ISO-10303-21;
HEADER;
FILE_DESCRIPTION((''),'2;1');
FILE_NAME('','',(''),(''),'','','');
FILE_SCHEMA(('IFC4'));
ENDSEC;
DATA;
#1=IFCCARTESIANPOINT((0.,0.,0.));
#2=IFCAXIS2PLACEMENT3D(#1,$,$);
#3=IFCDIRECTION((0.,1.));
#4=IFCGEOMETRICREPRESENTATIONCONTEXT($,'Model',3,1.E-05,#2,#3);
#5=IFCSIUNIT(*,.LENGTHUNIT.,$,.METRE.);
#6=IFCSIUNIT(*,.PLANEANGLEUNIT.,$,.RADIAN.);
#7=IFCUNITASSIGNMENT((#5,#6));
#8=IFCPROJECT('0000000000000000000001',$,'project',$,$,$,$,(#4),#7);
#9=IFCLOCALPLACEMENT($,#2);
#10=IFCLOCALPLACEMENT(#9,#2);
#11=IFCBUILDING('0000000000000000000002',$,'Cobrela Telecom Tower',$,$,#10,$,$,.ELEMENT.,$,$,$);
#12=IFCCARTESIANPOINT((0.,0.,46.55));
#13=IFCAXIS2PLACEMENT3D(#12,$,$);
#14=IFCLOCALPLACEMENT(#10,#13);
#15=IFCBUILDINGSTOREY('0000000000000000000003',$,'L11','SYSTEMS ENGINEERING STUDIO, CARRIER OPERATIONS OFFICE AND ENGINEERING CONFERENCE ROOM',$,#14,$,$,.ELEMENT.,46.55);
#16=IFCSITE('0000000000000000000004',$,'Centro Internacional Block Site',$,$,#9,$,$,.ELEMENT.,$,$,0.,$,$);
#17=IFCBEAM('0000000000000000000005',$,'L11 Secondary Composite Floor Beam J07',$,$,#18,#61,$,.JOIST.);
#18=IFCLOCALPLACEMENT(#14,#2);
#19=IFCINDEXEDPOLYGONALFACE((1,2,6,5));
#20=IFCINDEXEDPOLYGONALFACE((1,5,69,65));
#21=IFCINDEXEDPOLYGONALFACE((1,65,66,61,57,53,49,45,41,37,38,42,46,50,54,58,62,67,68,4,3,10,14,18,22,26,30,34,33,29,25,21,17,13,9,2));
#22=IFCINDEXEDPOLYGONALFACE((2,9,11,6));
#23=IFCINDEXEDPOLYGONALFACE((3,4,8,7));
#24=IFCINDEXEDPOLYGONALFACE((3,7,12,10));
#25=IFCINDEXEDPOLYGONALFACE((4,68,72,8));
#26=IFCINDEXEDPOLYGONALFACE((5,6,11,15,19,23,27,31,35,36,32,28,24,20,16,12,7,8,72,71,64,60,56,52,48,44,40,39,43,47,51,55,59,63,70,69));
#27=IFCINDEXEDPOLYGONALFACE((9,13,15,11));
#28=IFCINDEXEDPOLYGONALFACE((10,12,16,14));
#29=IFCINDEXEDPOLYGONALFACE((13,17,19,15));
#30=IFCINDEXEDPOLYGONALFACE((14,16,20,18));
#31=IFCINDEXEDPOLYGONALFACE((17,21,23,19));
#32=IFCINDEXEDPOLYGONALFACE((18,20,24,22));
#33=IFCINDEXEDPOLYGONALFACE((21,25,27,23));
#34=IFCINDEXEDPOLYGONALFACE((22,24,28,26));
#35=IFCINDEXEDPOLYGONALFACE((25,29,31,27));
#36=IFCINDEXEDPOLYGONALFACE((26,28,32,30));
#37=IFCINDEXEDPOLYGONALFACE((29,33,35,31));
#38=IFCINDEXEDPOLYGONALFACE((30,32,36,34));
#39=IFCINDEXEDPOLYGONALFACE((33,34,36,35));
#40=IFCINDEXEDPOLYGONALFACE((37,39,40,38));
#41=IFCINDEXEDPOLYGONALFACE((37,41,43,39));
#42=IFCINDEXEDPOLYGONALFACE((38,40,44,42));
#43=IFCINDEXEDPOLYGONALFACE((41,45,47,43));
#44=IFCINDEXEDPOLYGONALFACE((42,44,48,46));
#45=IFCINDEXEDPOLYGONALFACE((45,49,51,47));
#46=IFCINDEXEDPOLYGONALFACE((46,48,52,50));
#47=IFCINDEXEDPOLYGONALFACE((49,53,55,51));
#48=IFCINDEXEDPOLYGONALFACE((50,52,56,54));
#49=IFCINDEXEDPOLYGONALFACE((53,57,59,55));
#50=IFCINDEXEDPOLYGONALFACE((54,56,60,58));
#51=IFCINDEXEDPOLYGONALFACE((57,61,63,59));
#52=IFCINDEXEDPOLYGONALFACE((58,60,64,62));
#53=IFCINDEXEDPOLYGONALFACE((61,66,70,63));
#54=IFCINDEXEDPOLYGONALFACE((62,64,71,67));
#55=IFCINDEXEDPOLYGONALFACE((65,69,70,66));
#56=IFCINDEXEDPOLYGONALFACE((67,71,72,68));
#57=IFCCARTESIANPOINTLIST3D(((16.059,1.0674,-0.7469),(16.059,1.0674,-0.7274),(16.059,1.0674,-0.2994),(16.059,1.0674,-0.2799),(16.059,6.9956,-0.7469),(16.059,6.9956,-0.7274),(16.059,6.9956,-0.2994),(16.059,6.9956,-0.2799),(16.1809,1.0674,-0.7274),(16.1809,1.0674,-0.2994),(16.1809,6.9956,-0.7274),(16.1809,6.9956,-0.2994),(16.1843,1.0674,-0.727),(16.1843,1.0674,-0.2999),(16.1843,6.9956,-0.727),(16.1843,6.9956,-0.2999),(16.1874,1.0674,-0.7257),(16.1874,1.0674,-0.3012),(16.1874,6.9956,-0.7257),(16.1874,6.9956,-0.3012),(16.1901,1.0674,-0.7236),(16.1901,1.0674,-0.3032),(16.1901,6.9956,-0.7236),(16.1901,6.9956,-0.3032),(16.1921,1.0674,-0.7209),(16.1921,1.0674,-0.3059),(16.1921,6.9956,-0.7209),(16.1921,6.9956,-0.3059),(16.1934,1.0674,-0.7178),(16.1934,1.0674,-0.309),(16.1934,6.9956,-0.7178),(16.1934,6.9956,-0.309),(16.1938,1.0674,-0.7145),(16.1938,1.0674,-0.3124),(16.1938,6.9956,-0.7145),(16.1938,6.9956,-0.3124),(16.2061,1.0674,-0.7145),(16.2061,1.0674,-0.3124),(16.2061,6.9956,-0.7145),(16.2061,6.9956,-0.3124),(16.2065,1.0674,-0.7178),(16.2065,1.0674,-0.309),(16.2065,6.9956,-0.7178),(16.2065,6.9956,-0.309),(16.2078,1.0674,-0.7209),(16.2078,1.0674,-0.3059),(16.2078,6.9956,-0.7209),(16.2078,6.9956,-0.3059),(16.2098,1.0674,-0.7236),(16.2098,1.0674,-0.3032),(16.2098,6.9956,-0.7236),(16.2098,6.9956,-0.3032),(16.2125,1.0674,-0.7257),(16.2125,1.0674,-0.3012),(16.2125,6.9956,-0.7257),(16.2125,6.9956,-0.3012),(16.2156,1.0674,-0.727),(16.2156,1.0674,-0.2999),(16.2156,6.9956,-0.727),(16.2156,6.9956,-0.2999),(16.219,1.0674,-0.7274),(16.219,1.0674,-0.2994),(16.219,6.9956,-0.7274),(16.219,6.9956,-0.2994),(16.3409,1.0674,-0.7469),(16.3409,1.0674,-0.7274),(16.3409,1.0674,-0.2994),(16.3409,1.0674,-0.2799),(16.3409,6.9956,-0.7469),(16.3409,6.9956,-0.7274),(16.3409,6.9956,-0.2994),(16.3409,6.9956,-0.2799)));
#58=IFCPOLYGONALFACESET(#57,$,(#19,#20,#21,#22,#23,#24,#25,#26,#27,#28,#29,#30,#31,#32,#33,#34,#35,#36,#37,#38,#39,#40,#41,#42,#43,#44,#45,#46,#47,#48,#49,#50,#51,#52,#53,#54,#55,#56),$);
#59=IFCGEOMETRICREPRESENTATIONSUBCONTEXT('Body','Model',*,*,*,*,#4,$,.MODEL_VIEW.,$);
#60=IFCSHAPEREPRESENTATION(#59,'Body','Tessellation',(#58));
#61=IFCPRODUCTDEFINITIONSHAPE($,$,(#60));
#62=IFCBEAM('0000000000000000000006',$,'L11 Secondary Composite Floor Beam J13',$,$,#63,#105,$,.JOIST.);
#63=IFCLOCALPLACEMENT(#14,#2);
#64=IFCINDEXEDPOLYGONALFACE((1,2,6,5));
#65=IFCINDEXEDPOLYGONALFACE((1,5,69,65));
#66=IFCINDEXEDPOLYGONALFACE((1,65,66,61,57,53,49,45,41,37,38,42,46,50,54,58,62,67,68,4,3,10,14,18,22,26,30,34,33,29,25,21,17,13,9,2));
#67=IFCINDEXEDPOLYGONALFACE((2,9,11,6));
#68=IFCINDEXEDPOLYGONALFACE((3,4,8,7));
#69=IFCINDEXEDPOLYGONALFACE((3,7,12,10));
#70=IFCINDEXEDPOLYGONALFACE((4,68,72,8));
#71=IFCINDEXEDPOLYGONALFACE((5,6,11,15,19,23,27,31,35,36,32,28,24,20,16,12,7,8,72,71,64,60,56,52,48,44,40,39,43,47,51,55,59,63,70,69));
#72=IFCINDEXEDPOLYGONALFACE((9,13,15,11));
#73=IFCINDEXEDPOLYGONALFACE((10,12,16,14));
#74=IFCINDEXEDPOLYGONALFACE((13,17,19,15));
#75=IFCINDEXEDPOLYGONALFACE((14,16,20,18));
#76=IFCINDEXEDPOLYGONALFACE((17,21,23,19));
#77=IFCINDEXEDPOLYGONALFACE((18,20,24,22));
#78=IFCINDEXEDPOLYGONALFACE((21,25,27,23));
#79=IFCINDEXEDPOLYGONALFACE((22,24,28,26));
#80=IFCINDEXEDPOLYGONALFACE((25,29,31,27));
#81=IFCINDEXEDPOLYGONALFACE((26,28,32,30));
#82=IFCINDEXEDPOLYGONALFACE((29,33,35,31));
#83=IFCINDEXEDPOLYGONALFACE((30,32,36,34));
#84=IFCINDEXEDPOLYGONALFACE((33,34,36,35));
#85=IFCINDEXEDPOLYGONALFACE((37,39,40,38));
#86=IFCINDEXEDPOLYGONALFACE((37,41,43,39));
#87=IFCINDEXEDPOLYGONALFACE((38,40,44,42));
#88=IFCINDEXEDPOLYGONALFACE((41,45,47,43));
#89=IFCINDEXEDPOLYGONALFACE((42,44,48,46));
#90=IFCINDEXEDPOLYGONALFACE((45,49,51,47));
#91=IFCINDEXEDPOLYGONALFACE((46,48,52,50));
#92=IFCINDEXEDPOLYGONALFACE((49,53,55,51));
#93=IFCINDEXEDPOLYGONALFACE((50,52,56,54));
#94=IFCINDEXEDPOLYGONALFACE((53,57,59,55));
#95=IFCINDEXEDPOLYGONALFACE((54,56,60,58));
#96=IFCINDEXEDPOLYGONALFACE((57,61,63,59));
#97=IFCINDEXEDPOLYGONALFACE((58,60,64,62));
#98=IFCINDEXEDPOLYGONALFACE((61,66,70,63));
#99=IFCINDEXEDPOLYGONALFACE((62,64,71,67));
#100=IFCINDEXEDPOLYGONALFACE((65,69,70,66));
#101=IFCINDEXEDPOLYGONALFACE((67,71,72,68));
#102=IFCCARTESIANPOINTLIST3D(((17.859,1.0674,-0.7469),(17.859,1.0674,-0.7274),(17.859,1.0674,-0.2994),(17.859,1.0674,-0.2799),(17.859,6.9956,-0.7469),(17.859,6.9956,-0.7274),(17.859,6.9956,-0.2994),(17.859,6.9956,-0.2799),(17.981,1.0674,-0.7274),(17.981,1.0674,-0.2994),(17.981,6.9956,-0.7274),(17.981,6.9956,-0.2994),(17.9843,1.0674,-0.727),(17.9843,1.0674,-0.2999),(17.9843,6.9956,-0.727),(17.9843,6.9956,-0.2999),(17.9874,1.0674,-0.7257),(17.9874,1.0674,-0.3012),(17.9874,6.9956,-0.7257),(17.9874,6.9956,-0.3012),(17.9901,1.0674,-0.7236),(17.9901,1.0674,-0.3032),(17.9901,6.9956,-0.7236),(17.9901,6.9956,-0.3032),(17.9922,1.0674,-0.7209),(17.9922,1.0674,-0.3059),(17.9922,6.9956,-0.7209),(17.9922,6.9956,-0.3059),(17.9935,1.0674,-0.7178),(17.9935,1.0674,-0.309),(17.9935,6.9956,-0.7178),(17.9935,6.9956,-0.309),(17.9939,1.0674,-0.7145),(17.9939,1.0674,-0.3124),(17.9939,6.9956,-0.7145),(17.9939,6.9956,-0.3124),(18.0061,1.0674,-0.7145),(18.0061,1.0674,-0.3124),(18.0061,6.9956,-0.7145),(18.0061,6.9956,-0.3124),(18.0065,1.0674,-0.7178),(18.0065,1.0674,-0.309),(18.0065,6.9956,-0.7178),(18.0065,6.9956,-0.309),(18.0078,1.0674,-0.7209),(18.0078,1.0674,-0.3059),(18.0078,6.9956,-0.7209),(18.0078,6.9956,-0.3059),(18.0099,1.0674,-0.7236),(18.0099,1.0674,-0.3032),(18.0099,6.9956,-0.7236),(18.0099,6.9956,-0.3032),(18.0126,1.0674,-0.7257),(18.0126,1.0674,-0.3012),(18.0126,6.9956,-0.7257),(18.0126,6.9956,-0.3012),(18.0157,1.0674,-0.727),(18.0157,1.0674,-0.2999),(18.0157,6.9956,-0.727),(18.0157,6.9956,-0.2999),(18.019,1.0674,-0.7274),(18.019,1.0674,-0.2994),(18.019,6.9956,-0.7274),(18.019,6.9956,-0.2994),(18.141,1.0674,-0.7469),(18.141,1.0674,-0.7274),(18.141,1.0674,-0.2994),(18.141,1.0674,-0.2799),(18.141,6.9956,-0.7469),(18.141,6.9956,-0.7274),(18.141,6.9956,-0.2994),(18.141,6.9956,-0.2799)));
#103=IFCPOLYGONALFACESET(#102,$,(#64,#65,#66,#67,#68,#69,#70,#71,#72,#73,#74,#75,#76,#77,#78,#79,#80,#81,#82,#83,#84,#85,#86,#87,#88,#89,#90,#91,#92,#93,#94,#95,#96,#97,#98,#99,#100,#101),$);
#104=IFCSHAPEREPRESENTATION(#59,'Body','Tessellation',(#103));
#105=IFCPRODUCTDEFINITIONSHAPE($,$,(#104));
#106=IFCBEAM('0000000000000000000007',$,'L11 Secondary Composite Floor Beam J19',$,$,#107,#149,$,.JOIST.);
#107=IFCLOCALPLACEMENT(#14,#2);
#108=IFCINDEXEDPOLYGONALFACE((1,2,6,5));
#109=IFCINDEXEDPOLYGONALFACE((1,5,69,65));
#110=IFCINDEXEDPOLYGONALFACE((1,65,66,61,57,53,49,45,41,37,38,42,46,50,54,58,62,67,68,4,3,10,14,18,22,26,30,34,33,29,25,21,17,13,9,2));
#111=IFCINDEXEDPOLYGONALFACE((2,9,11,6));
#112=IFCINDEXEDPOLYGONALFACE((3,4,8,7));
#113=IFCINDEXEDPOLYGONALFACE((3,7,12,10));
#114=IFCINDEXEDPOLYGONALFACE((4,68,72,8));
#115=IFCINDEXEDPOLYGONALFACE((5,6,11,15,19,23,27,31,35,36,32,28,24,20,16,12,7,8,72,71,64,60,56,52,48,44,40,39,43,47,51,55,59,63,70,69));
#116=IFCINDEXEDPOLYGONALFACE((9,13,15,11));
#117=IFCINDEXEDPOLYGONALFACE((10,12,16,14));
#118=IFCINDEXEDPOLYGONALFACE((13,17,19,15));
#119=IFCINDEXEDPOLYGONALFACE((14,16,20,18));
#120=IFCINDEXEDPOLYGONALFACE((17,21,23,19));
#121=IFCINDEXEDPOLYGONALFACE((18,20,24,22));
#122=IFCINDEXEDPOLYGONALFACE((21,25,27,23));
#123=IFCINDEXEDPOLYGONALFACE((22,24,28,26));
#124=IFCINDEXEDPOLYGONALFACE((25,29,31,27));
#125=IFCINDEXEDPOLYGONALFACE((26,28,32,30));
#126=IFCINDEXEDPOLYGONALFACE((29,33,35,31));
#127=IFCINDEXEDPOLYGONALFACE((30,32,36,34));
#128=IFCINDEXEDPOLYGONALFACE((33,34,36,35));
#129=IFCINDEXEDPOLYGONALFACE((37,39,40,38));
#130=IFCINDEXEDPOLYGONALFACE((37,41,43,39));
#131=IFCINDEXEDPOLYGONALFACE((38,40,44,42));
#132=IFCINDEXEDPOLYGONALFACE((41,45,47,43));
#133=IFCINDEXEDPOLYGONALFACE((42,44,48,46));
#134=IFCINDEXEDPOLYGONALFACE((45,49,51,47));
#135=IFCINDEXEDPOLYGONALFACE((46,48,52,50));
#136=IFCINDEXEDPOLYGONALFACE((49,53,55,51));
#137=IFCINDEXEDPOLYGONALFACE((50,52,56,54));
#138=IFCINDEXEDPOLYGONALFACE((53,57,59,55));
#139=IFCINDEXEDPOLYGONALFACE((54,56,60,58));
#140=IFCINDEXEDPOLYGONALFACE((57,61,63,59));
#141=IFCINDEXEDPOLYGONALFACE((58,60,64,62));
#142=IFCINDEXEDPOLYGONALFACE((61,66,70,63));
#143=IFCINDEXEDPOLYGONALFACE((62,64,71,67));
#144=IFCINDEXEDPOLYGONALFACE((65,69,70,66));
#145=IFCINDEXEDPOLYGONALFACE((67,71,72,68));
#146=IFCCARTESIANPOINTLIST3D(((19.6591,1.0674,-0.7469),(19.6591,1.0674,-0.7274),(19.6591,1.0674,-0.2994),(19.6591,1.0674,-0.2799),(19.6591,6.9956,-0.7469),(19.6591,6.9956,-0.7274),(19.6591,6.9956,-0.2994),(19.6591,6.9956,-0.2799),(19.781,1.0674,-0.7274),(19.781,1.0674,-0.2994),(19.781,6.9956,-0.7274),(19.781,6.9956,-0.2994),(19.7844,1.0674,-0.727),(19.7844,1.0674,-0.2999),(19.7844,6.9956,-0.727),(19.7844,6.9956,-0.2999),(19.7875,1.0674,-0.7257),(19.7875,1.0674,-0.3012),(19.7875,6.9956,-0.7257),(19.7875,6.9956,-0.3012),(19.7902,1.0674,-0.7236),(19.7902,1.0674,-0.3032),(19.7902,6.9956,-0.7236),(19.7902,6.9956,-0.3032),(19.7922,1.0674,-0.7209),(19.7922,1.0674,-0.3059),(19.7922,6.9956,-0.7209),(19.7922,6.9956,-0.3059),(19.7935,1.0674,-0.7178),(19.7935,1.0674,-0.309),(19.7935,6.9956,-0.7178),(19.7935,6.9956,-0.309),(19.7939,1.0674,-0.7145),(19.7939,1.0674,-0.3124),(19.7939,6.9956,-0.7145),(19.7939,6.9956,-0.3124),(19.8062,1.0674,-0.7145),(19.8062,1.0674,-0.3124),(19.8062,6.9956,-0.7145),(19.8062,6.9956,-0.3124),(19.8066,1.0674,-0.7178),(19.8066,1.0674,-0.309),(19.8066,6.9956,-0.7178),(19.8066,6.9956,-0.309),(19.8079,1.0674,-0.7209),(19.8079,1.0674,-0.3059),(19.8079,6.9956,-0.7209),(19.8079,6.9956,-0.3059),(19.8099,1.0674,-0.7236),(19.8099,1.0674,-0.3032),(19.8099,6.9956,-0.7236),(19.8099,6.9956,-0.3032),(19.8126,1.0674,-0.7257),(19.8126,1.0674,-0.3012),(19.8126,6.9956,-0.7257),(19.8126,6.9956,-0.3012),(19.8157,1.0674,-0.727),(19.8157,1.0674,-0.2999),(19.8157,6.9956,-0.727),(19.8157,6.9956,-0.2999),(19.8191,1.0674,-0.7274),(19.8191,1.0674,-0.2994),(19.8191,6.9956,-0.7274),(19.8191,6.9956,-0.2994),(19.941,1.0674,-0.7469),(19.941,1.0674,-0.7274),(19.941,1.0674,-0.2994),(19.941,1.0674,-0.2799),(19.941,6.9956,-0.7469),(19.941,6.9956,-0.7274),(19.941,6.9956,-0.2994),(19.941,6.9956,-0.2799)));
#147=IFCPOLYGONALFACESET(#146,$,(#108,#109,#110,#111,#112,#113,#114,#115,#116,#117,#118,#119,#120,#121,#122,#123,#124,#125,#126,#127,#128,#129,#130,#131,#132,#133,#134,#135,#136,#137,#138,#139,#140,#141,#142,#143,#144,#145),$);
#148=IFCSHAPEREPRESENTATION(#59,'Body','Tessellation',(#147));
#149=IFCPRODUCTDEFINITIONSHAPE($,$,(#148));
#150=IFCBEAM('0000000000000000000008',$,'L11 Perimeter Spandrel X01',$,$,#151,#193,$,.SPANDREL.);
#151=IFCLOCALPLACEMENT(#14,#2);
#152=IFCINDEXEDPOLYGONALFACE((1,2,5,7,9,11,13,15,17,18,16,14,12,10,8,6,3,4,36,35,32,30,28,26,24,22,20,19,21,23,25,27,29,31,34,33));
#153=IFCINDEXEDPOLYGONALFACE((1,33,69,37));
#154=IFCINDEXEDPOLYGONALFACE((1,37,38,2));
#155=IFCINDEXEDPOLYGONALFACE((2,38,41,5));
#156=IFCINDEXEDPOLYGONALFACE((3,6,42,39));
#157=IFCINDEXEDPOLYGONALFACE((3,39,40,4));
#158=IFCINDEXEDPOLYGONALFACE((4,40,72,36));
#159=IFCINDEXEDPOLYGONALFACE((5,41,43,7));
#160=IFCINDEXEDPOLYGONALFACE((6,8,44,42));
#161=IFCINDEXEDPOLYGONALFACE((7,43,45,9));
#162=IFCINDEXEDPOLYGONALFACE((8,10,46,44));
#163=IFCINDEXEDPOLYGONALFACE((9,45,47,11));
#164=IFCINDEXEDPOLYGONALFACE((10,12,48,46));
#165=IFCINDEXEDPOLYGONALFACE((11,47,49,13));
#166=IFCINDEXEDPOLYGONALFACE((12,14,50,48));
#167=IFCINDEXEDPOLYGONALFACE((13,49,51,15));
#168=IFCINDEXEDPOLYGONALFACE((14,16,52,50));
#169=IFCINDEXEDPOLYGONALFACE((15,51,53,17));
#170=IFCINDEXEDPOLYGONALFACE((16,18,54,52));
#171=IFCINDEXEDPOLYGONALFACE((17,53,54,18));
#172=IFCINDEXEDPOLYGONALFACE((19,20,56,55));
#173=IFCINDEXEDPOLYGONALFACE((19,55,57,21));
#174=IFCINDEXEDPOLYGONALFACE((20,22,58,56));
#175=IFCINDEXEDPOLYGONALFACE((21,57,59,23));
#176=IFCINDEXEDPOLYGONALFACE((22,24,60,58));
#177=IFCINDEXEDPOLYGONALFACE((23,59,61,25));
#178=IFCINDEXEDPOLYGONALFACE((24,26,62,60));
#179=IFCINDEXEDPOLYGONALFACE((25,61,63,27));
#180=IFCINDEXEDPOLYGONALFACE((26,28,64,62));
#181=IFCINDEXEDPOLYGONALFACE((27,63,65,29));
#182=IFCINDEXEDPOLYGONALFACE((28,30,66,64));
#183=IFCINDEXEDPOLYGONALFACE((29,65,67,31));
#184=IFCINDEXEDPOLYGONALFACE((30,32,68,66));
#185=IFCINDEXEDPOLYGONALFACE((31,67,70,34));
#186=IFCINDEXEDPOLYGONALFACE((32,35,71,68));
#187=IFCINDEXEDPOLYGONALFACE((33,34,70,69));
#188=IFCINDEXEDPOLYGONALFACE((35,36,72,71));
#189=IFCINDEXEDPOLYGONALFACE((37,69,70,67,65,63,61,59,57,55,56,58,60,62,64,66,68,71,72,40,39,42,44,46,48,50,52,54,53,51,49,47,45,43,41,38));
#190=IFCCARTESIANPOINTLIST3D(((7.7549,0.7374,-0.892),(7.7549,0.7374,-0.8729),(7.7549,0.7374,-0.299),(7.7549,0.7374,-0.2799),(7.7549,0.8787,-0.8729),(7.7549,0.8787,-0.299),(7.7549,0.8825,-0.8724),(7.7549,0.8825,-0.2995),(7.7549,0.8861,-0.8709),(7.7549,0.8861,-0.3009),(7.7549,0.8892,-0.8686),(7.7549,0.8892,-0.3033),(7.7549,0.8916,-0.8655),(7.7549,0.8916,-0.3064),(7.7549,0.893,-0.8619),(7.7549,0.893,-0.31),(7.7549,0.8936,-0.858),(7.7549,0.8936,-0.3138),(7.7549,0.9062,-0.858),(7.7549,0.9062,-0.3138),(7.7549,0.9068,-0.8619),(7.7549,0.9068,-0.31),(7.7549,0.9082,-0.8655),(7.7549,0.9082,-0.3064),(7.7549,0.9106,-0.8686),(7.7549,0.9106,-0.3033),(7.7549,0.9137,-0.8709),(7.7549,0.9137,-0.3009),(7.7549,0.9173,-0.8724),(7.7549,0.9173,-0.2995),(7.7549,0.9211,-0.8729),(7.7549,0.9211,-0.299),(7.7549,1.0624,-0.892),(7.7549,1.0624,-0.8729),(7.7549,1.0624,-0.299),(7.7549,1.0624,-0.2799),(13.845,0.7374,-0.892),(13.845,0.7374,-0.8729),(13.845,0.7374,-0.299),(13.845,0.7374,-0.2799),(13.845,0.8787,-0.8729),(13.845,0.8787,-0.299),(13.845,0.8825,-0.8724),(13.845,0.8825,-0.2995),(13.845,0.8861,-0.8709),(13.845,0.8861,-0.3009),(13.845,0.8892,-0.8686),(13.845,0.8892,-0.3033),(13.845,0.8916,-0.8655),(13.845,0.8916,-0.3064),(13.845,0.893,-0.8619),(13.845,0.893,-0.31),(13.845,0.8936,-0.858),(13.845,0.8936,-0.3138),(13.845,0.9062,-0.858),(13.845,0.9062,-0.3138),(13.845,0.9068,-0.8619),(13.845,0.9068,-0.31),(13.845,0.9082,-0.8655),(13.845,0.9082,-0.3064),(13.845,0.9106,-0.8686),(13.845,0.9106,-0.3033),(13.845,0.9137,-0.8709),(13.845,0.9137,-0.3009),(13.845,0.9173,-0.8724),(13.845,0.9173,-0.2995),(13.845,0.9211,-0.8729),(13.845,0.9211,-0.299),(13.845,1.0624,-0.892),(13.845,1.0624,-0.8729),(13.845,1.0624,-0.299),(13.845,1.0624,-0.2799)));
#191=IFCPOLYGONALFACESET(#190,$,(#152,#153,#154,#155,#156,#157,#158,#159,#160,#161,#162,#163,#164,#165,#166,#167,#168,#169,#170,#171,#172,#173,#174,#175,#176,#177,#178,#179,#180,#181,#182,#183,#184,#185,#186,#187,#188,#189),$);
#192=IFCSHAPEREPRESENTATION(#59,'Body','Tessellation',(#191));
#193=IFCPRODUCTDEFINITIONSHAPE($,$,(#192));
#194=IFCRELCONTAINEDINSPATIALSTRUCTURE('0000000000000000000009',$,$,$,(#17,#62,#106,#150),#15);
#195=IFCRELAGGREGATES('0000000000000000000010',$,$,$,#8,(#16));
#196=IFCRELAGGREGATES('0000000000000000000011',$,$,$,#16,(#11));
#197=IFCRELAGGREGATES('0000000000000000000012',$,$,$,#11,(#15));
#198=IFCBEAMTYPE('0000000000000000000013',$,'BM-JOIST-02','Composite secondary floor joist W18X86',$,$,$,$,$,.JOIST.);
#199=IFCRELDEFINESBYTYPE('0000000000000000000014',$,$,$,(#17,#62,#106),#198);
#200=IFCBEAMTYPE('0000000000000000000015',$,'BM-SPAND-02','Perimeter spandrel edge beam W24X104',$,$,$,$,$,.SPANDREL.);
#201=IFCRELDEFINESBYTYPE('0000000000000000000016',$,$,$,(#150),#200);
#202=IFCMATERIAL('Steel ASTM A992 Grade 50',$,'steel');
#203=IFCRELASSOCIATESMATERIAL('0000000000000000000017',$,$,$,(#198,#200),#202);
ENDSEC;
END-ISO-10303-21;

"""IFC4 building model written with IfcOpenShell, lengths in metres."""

from ifc_helpers import new_model, si_unit, direction, frame, origin, origin_2d, place, context, subcontext, project, spatial, i_section, extrude, material, material_profile, profile_set, type_object, element, save


model = new_model("IFC4")

# Units and contexts
model_context = context("Model", 3, precision=1e-05, world=origin(), true_north=direction((0.0, 1.0)))
body_context = subcontext(model_context, "Body", "Model", "MODEL_VIEW")
ifc_project = project(units=[si_unit("LENGTHUNIT", "METRE"), si_unit("PLANEANGLEUNIT", "RADIAN")], contexts=[model_context])

# Site, building, storey
site_placement = place(None, origin())
site = spatial("IfcSite", under=ifc_project, at=site_placement, Name="Centro Internacional Block Site", CompositionType="ELEMENT", RefElevation=0.0)
building_placement = place(site_placement, origin())
building = spatial("IfcBuilding", under=site, at=building_placement, Name="Cobrela Telecom Tower", CompositionType="ELEMENT")
storey_placement = place(building_placement, frame((0.0, 0.0, 46.55)))
storey = spatial("IfcBuildingStorey", under=building, at=storey_placement, Name="L11", Description="SYSTEMS ENGINEERING STUDIO, CARRIER OPERATIONS OFFICE AND ENGINEERING CONFERENCE ROOM", CompositionType="ELEMENT", Elevation=46.55)

# Beams
ifc_material_1 = material(Name="Steel ASTM A992 Grade 50", Category="steel")
ifc_material_profile_1 = material_profile(ifc_material_1, i_section(OverallWidth=0.282, OverallDepth=0.467, WebThickness=0.0122, FlangeThickness=0.0195, FilletRadius=0.0129, at=origin_2d()), Name="W18X86")
ifc_profile_set_1 = profile_set([ifc_material_profile_1], Name="Steel ASTM A992 Grade 50")
beam_type_1 = type_object("IfcBeamType", Name="BM-JOIST-02", Description="Composite secondary floor joist W18X86", PredefinedType="JOIST", material=ifc_profile_set_1)
for number, where, z_axis, x_axis, name in (
    (1, (16.2, 1.0674, -0.5134), (0.0, 1.0, 0.0), (-1.0, 0.0, 0.0), "L11 Secondary Composite Floor Beam J07"),
    (2, (18.0, 1.0674, -0.5134), (0.0, 1.0, 0.0), (-1.0, 0.0, 0.0), "L11 Secondary Composite Floor Beam J13"),
    (3, (19.8, 1.0674, -0.5134), (0.0, 1.0, 0.0), (-1.0, 0.0, 0.0), "L11 Secondary Composite Floor Beam J19"),
):
    element("IfcBeam", number, at=place(storey_placement, frame(where, z_axis=z_axis, x_axis=x_axis)), inside=storey, type_object=beam_type_1, Name=name, PredefinedType="JOIST", context=body_context, shape_type="SweptSolid", body=[
        extrude(i_section(OverallWidth=0.282, OverallDepth=0.467, WebThickness=0.0122, FlangeThickness=0.0195, FilletRadius=0.0129, at=origin_2d()), origin(), (0.0, 0.0, 1.0), 5.9282),
    ])
ifc_material_profile_2 = material_profile(ifc_material_1, i_section(OverallWidth=0.325, OverallDepth=0.6121, WebThickness=0.0127, FlangeThickness=0.019, FilletRadius=0.0149, at=origin_2d()), Name="W24X104")
ifc_profile_set_2 = profile_set([ifc_material_profile_2], Name="Steel ASTM A992 Grade 50")
beam_type_2 = type_object("IfcBeamType", Name="BM-SPAND-02", Description="Perimeter spandrel edge beam W24X104", PredefinedType="SPANDREL", material=ifc_profile_set_2)
beam_1_placement = place(storey_placement, frame((7.7549, 0.8999, -0.5859), z_axis=(1.0, 0.0, 0.0), x_axis=(0.0, 1.0, 0.0)))
element("IfcBeam", 4, at=beam_1_placement, inside=storey, type_object=beam_type_2, Name="L11 Perimeter Spandrel X01", PredefinedType="SPANDREL", context=body_context, shape_type="SweptSolid", body=[
    extrude(i_section(OverallWidth=0.325, OverallDepth=0.6121, WebThickness=0.0127, FlangeThickness=0.019, FilletRadius=0.0149, at=origin_2d()), origin(), (0.0, 0.0, 1.0), 6.0901),
])

save(model, "model.ifc")
